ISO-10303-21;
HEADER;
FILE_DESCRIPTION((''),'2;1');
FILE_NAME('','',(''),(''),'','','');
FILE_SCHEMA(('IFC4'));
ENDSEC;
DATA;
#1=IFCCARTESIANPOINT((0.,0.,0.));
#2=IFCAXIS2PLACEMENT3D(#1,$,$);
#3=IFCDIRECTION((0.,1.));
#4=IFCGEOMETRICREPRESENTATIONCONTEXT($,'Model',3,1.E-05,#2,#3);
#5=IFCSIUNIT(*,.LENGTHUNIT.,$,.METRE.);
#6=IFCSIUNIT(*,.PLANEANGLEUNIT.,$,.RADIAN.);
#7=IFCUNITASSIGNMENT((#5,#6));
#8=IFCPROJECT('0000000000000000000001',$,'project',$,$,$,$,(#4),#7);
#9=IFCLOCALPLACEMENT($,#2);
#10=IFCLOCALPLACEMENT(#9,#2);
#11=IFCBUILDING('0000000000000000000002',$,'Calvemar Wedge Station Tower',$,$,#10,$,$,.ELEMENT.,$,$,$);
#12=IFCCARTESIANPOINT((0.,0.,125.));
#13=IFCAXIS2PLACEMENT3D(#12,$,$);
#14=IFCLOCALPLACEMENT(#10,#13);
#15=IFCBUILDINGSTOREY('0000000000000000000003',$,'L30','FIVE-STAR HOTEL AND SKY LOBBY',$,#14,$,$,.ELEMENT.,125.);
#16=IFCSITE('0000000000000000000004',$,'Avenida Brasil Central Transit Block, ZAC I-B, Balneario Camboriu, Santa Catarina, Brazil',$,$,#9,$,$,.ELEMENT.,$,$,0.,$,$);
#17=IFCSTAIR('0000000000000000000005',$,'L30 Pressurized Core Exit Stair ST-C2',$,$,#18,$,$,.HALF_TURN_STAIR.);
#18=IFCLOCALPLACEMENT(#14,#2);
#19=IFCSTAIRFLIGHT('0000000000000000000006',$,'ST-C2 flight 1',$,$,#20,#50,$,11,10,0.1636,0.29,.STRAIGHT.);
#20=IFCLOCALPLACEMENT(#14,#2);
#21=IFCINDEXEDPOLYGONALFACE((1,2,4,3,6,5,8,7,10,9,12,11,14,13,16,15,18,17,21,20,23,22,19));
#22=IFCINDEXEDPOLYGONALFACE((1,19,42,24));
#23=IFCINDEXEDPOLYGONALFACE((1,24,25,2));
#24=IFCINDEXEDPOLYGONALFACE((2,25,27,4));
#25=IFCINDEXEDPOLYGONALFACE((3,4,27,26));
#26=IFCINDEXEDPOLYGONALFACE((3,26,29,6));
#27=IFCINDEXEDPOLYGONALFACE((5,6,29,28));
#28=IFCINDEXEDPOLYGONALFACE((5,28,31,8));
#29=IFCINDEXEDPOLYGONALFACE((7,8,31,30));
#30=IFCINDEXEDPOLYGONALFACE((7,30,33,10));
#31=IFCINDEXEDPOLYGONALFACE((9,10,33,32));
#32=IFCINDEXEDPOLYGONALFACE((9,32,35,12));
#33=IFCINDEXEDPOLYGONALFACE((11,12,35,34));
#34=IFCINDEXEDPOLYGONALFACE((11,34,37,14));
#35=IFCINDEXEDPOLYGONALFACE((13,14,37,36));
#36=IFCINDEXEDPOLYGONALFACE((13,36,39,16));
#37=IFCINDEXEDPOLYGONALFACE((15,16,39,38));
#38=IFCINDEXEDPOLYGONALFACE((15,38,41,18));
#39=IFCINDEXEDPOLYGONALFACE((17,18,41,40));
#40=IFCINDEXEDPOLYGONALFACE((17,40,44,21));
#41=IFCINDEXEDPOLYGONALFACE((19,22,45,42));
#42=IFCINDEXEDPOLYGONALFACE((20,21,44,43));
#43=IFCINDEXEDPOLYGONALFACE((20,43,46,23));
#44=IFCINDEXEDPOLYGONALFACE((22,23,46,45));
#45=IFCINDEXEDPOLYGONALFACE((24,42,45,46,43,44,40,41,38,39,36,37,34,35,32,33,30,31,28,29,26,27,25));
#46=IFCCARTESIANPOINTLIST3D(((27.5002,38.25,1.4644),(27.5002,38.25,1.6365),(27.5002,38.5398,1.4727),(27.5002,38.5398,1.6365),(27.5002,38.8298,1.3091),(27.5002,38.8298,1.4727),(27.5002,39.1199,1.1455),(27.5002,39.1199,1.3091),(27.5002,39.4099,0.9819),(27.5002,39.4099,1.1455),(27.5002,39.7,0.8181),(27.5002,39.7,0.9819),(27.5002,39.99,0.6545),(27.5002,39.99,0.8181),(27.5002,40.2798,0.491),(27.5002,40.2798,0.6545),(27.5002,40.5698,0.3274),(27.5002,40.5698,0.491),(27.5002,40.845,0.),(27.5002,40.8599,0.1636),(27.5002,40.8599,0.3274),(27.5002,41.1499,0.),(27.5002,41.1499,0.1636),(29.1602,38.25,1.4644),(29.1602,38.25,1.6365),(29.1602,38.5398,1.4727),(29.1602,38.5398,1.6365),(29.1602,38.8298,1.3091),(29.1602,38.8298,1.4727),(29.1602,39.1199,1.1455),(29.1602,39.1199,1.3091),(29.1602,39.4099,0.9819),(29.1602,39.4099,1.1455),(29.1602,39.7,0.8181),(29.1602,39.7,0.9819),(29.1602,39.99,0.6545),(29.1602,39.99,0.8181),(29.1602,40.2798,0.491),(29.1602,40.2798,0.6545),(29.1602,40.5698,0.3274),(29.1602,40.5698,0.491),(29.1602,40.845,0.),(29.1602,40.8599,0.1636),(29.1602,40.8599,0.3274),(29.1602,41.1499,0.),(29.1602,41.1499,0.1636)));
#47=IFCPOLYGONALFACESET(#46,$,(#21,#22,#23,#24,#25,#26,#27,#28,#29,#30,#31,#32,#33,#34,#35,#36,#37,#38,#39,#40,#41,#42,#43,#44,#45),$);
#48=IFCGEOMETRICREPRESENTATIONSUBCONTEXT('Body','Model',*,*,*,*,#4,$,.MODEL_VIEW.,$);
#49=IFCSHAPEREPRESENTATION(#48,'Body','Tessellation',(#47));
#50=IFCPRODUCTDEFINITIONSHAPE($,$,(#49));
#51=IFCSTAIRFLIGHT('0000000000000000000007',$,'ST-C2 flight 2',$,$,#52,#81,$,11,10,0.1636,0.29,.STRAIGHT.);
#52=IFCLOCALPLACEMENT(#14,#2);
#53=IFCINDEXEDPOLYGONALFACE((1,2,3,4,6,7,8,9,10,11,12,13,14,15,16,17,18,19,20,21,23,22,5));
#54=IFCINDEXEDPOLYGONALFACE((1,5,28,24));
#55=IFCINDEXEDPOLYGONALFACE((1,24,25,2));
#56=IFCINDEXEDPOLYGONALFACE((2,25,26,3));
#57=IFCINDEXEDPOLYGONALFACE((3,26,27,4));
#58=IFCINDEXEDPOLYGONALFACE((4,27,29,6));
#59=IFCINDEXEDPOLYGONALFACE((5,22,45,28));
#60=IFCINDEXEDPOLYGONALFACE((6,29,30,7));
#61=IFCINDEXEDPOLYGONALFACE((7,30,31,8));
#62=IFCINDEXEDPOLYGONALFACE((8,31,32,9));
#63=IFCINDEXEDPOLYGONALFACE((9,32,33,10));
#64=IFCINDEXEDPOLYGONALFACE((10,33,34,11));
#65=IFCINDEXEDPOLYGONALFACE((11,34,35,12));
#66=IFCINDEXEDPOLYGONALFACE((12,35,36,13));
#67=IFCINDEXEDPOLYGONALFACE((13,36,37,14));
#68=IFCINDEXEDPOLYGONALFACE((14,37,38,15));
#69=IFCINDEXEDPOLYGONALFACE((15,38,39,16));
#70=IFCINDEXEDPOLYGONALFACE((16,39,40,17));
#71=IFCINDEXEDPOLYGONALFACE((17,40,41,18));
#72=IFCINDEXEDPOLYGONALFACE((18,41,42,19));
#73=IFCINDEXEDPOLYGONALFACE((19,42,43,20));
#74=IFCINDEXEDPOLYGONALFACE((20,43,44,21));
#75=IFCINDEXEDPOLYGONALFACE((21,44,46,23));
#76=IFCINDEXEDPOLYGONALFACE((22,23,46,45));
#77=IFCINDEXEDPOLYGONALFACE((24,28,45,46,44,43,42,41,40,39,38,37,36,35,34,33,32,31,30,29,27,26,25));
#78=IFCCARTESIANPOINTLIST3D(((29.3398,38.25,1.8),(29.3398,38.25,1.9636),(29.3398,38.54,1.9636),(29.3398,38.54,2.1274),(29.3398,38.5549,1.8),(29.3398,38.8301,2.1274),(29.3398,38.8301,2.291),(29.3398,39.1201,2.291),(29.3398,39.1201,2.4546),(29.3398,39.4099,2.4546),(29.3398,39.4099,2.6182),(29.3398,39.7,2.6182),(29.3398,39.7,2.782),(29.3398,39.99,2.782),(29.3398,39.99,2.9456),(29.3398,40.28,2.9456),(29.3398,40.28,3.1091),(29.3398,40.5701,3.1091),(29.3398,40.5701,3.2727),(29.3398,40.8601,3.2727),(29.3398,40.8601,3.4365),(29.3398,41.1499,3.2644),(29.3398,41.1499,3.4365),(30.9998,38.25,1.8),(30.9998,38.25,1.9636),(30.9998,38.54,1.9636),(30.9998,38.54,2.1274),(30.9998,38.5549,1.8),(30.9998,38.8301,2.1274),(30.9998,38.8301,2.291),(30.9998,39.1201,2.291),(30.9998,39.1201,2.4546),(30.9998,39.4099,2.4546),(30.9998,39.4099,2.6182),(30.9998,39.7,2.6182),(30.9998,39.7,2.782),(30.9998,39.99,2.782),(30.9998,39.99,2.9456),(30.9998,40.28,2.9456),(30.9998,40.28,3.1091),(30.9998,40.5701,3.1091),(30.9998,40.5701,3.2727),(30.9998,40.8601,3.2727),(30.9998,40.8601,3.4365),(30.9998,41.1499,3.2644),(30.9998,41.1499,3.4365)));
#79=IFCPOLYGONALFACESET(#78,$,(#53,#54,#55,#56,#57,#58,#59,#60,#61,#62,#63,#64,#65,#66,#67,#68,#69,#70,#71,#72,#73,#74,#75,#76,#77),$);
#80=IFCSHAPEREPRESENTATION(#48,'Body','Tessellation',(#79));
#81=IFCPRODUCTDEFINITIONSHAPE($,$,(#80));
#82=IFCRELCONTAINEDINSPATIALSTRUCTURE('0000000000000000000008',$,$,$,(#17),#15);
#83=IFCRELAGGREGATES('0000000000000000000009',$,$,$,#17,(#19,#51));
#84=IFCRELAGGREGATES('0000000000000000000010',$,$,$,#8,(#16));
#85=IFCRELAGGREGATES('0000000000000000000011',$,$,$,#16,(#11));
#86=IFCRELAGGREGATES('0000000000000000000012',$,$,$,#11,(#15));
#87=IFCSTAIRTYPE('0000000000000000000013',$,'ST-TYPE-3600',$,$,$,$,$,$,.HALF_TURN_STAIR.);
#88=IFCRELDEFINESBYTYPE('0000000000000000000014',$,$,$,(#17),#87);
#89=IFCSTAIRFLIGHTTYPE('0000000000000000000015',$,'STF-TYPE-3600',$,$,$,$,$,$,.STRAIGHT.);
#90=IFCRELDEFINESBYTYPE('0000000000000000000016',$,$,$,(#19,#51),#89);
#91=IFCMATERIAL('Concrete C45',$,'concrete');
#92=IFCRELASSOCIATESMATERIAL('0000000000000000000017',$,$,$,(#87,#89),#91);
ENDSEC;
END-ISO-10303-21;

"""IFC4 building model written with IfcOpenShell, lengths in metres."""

from ifc_helpers import new_model, si_unit, direction, frame, origin, place, context, subcontext, project, spatial, polyline, outline, extrude, material, type_object, element, aggregate, save


model = new_model("IFC4")

# Units and contexts
model_context = context("Model", 3, precision=1e-05, world=origin(), true_north=direction((0.0, 1.0)))
body_context = subcontext(model_context, "Body", "Model", "MODEL_VIEW")
ifc_project = project(units=[si_unit("LENGTHUNIT", "METRE"), si_unit("PLANEANGLEUNIT", "RADIAN")], contexts=[model_context])

# Site, building, storey
site_placement = place(None, origin())
site = spatial("IfcSite", under=ifc_project, at=site_placement, Name="Avenida Brasil Central Transit Block, ZAC I-B, Balneario Camboriu, Santa Catarina, Brazil", CompositionType="ELEMENT", RefElevation=0.0)
building_placement = place(site_placement, origin())
building = spatial("IfcBuilding", under=site, at=building_placement, Name="Calvemar Wedge Station Tower", CompositionType="ELEMENT")
storey_placement = place(building_placement, frame((0.0, 0.0, 125.0)))
storey = spatial("IfcBuildingStorey", under=building, at=storey_placement, Name="L30", Description="FIVE-STAR HOTEL AND SKY LOBBY", CompositionType="ELEMENT", Elevation=125.0)

# Stair, stair flights
ifc_material_1 = material(Name="Concrete C45", Category="concrete")
stair_type = type_object("IfcStairType", Name="ST-TYPE-3600", PredefinedType="HALF_TURN_STAIR", material=ifc_material_1)
stair_placement = place(storey_placement, origin())
stair = element("IfcStair", 1, at=stair_placement, inside=storey, type_object=stair_type, Name="L30 Pressurized Core Exit Stair ST-C2", PredefinedType="HALF_TURN_STAIR")
stair_flight_type = type_object("IfcStairFlightType", Name="STF-TYPE-3600", PredefinedType="STRAIGHT", material=ifc_material_1)
stair_flight_1_placement = place(storey_placement, frame((28.3301, 41.1499, 0.0), z_axis=(0.0, 0.0, 1.0), x_axis=(0.0, -1.0, 0.0)))
stair_flight_1 = element("IfcStairFlight", 2, at=stair_flight_1_placement, type_object=stair_flight_type, Name="ST-C2 flight 1", NumberOfRisers=11, NumberOfTreads=10, PredefinedType="STRAIGHT", RiserHeight=0.1636, TreadLength=0.29, context=body_context, shape_type="SweptSolid", body=[
    extrude(outline(polyline([(0.0, 0.0), (0.0, 0.1636), (0.29, 0.1636), (0.29, 0.3274), (0.5801, 0.3274), (0.5801, 0.491), (0.8701, 0.491), (0.8701, 0.6545), (1.1599, 0.6545), (1.1599, 0.8181), (1.45, 0.8181), (1.45, 0.9819), (1.74, 0.9819), (1.74, 1.1455), (2.03, 1.1455), (2.03, 1.3091), (2.3201, 1.3091), (2.3201, 1.4727), (2.6101, 1.4727), (2.6101, 1.6365), (2.8999, 1.6365), (2.8999, 1.8), (2.8999, 1.4644), (0.3049, 0.0), (0.0, 0.0)])), frame((0.0, 0.8301, 0.0), z_axis=(0.0, -1.0, 0.0), x_axis=(1.0, 0.0, 0.0)), (0.0, 0.0, 1.0), 1.6599),
])
stair_flight_2_placement = place(storey_placement, frame((30.1699, 38.25, 1.8), z_axis=(0.0, 0.0, 1.0), x_axis=(0.0, 1.0, 0.0)))
stair_flight_2 = element("IfcStairFlight", 3, at=stair_flight_2_placement, type_object=stair_flight_type, Name="ST-C2 flight 2", NumberOfRisers=11, NumberOfTreads=10, PredefinedType="STRAIGHT", RiserHeight=0.1636, TreadLength=0.29, context=body_context, shape_type="SweptSolid", body=[
    extrude(outline(polyline([(0.0, 0.0), (0.0, 0.1636), (0.29, 0.1636), (0.29, 0.3274), (0.5801, 0.3274), (0.5801, 0.491), (0.8701, 0.491), (0.8701, 0.6545), (1.1599, 0.6545), (1.1599, 0.8181), (1.45, 0.8181), (1.45, 0.9819), (1.74, 0.9819), (1.74, 1.1455), (2.03, 1.1455), (2.03, 1.3091), (2.3201, 1.3091), (2.3201, 1.4727), (2.6101, 1.4727), (2.6101, 1.6365), (2.8999, 1.6365), (2.8999, 1.8), (2.8999, 1.4644), (0.3049, 0.0), (0.0, 0.0)])), frame((0.0, 0.8301, 0.0), z_axis=(0.0, -1.0, 0.0), x_axis=(1.0, 0.0, 0.0)), (0.0, 0.0, 1.0), 1.6599),
])
aggregate(stair, [stair_flight_1, stair_flight_2])

save(model, "model.ifc")
